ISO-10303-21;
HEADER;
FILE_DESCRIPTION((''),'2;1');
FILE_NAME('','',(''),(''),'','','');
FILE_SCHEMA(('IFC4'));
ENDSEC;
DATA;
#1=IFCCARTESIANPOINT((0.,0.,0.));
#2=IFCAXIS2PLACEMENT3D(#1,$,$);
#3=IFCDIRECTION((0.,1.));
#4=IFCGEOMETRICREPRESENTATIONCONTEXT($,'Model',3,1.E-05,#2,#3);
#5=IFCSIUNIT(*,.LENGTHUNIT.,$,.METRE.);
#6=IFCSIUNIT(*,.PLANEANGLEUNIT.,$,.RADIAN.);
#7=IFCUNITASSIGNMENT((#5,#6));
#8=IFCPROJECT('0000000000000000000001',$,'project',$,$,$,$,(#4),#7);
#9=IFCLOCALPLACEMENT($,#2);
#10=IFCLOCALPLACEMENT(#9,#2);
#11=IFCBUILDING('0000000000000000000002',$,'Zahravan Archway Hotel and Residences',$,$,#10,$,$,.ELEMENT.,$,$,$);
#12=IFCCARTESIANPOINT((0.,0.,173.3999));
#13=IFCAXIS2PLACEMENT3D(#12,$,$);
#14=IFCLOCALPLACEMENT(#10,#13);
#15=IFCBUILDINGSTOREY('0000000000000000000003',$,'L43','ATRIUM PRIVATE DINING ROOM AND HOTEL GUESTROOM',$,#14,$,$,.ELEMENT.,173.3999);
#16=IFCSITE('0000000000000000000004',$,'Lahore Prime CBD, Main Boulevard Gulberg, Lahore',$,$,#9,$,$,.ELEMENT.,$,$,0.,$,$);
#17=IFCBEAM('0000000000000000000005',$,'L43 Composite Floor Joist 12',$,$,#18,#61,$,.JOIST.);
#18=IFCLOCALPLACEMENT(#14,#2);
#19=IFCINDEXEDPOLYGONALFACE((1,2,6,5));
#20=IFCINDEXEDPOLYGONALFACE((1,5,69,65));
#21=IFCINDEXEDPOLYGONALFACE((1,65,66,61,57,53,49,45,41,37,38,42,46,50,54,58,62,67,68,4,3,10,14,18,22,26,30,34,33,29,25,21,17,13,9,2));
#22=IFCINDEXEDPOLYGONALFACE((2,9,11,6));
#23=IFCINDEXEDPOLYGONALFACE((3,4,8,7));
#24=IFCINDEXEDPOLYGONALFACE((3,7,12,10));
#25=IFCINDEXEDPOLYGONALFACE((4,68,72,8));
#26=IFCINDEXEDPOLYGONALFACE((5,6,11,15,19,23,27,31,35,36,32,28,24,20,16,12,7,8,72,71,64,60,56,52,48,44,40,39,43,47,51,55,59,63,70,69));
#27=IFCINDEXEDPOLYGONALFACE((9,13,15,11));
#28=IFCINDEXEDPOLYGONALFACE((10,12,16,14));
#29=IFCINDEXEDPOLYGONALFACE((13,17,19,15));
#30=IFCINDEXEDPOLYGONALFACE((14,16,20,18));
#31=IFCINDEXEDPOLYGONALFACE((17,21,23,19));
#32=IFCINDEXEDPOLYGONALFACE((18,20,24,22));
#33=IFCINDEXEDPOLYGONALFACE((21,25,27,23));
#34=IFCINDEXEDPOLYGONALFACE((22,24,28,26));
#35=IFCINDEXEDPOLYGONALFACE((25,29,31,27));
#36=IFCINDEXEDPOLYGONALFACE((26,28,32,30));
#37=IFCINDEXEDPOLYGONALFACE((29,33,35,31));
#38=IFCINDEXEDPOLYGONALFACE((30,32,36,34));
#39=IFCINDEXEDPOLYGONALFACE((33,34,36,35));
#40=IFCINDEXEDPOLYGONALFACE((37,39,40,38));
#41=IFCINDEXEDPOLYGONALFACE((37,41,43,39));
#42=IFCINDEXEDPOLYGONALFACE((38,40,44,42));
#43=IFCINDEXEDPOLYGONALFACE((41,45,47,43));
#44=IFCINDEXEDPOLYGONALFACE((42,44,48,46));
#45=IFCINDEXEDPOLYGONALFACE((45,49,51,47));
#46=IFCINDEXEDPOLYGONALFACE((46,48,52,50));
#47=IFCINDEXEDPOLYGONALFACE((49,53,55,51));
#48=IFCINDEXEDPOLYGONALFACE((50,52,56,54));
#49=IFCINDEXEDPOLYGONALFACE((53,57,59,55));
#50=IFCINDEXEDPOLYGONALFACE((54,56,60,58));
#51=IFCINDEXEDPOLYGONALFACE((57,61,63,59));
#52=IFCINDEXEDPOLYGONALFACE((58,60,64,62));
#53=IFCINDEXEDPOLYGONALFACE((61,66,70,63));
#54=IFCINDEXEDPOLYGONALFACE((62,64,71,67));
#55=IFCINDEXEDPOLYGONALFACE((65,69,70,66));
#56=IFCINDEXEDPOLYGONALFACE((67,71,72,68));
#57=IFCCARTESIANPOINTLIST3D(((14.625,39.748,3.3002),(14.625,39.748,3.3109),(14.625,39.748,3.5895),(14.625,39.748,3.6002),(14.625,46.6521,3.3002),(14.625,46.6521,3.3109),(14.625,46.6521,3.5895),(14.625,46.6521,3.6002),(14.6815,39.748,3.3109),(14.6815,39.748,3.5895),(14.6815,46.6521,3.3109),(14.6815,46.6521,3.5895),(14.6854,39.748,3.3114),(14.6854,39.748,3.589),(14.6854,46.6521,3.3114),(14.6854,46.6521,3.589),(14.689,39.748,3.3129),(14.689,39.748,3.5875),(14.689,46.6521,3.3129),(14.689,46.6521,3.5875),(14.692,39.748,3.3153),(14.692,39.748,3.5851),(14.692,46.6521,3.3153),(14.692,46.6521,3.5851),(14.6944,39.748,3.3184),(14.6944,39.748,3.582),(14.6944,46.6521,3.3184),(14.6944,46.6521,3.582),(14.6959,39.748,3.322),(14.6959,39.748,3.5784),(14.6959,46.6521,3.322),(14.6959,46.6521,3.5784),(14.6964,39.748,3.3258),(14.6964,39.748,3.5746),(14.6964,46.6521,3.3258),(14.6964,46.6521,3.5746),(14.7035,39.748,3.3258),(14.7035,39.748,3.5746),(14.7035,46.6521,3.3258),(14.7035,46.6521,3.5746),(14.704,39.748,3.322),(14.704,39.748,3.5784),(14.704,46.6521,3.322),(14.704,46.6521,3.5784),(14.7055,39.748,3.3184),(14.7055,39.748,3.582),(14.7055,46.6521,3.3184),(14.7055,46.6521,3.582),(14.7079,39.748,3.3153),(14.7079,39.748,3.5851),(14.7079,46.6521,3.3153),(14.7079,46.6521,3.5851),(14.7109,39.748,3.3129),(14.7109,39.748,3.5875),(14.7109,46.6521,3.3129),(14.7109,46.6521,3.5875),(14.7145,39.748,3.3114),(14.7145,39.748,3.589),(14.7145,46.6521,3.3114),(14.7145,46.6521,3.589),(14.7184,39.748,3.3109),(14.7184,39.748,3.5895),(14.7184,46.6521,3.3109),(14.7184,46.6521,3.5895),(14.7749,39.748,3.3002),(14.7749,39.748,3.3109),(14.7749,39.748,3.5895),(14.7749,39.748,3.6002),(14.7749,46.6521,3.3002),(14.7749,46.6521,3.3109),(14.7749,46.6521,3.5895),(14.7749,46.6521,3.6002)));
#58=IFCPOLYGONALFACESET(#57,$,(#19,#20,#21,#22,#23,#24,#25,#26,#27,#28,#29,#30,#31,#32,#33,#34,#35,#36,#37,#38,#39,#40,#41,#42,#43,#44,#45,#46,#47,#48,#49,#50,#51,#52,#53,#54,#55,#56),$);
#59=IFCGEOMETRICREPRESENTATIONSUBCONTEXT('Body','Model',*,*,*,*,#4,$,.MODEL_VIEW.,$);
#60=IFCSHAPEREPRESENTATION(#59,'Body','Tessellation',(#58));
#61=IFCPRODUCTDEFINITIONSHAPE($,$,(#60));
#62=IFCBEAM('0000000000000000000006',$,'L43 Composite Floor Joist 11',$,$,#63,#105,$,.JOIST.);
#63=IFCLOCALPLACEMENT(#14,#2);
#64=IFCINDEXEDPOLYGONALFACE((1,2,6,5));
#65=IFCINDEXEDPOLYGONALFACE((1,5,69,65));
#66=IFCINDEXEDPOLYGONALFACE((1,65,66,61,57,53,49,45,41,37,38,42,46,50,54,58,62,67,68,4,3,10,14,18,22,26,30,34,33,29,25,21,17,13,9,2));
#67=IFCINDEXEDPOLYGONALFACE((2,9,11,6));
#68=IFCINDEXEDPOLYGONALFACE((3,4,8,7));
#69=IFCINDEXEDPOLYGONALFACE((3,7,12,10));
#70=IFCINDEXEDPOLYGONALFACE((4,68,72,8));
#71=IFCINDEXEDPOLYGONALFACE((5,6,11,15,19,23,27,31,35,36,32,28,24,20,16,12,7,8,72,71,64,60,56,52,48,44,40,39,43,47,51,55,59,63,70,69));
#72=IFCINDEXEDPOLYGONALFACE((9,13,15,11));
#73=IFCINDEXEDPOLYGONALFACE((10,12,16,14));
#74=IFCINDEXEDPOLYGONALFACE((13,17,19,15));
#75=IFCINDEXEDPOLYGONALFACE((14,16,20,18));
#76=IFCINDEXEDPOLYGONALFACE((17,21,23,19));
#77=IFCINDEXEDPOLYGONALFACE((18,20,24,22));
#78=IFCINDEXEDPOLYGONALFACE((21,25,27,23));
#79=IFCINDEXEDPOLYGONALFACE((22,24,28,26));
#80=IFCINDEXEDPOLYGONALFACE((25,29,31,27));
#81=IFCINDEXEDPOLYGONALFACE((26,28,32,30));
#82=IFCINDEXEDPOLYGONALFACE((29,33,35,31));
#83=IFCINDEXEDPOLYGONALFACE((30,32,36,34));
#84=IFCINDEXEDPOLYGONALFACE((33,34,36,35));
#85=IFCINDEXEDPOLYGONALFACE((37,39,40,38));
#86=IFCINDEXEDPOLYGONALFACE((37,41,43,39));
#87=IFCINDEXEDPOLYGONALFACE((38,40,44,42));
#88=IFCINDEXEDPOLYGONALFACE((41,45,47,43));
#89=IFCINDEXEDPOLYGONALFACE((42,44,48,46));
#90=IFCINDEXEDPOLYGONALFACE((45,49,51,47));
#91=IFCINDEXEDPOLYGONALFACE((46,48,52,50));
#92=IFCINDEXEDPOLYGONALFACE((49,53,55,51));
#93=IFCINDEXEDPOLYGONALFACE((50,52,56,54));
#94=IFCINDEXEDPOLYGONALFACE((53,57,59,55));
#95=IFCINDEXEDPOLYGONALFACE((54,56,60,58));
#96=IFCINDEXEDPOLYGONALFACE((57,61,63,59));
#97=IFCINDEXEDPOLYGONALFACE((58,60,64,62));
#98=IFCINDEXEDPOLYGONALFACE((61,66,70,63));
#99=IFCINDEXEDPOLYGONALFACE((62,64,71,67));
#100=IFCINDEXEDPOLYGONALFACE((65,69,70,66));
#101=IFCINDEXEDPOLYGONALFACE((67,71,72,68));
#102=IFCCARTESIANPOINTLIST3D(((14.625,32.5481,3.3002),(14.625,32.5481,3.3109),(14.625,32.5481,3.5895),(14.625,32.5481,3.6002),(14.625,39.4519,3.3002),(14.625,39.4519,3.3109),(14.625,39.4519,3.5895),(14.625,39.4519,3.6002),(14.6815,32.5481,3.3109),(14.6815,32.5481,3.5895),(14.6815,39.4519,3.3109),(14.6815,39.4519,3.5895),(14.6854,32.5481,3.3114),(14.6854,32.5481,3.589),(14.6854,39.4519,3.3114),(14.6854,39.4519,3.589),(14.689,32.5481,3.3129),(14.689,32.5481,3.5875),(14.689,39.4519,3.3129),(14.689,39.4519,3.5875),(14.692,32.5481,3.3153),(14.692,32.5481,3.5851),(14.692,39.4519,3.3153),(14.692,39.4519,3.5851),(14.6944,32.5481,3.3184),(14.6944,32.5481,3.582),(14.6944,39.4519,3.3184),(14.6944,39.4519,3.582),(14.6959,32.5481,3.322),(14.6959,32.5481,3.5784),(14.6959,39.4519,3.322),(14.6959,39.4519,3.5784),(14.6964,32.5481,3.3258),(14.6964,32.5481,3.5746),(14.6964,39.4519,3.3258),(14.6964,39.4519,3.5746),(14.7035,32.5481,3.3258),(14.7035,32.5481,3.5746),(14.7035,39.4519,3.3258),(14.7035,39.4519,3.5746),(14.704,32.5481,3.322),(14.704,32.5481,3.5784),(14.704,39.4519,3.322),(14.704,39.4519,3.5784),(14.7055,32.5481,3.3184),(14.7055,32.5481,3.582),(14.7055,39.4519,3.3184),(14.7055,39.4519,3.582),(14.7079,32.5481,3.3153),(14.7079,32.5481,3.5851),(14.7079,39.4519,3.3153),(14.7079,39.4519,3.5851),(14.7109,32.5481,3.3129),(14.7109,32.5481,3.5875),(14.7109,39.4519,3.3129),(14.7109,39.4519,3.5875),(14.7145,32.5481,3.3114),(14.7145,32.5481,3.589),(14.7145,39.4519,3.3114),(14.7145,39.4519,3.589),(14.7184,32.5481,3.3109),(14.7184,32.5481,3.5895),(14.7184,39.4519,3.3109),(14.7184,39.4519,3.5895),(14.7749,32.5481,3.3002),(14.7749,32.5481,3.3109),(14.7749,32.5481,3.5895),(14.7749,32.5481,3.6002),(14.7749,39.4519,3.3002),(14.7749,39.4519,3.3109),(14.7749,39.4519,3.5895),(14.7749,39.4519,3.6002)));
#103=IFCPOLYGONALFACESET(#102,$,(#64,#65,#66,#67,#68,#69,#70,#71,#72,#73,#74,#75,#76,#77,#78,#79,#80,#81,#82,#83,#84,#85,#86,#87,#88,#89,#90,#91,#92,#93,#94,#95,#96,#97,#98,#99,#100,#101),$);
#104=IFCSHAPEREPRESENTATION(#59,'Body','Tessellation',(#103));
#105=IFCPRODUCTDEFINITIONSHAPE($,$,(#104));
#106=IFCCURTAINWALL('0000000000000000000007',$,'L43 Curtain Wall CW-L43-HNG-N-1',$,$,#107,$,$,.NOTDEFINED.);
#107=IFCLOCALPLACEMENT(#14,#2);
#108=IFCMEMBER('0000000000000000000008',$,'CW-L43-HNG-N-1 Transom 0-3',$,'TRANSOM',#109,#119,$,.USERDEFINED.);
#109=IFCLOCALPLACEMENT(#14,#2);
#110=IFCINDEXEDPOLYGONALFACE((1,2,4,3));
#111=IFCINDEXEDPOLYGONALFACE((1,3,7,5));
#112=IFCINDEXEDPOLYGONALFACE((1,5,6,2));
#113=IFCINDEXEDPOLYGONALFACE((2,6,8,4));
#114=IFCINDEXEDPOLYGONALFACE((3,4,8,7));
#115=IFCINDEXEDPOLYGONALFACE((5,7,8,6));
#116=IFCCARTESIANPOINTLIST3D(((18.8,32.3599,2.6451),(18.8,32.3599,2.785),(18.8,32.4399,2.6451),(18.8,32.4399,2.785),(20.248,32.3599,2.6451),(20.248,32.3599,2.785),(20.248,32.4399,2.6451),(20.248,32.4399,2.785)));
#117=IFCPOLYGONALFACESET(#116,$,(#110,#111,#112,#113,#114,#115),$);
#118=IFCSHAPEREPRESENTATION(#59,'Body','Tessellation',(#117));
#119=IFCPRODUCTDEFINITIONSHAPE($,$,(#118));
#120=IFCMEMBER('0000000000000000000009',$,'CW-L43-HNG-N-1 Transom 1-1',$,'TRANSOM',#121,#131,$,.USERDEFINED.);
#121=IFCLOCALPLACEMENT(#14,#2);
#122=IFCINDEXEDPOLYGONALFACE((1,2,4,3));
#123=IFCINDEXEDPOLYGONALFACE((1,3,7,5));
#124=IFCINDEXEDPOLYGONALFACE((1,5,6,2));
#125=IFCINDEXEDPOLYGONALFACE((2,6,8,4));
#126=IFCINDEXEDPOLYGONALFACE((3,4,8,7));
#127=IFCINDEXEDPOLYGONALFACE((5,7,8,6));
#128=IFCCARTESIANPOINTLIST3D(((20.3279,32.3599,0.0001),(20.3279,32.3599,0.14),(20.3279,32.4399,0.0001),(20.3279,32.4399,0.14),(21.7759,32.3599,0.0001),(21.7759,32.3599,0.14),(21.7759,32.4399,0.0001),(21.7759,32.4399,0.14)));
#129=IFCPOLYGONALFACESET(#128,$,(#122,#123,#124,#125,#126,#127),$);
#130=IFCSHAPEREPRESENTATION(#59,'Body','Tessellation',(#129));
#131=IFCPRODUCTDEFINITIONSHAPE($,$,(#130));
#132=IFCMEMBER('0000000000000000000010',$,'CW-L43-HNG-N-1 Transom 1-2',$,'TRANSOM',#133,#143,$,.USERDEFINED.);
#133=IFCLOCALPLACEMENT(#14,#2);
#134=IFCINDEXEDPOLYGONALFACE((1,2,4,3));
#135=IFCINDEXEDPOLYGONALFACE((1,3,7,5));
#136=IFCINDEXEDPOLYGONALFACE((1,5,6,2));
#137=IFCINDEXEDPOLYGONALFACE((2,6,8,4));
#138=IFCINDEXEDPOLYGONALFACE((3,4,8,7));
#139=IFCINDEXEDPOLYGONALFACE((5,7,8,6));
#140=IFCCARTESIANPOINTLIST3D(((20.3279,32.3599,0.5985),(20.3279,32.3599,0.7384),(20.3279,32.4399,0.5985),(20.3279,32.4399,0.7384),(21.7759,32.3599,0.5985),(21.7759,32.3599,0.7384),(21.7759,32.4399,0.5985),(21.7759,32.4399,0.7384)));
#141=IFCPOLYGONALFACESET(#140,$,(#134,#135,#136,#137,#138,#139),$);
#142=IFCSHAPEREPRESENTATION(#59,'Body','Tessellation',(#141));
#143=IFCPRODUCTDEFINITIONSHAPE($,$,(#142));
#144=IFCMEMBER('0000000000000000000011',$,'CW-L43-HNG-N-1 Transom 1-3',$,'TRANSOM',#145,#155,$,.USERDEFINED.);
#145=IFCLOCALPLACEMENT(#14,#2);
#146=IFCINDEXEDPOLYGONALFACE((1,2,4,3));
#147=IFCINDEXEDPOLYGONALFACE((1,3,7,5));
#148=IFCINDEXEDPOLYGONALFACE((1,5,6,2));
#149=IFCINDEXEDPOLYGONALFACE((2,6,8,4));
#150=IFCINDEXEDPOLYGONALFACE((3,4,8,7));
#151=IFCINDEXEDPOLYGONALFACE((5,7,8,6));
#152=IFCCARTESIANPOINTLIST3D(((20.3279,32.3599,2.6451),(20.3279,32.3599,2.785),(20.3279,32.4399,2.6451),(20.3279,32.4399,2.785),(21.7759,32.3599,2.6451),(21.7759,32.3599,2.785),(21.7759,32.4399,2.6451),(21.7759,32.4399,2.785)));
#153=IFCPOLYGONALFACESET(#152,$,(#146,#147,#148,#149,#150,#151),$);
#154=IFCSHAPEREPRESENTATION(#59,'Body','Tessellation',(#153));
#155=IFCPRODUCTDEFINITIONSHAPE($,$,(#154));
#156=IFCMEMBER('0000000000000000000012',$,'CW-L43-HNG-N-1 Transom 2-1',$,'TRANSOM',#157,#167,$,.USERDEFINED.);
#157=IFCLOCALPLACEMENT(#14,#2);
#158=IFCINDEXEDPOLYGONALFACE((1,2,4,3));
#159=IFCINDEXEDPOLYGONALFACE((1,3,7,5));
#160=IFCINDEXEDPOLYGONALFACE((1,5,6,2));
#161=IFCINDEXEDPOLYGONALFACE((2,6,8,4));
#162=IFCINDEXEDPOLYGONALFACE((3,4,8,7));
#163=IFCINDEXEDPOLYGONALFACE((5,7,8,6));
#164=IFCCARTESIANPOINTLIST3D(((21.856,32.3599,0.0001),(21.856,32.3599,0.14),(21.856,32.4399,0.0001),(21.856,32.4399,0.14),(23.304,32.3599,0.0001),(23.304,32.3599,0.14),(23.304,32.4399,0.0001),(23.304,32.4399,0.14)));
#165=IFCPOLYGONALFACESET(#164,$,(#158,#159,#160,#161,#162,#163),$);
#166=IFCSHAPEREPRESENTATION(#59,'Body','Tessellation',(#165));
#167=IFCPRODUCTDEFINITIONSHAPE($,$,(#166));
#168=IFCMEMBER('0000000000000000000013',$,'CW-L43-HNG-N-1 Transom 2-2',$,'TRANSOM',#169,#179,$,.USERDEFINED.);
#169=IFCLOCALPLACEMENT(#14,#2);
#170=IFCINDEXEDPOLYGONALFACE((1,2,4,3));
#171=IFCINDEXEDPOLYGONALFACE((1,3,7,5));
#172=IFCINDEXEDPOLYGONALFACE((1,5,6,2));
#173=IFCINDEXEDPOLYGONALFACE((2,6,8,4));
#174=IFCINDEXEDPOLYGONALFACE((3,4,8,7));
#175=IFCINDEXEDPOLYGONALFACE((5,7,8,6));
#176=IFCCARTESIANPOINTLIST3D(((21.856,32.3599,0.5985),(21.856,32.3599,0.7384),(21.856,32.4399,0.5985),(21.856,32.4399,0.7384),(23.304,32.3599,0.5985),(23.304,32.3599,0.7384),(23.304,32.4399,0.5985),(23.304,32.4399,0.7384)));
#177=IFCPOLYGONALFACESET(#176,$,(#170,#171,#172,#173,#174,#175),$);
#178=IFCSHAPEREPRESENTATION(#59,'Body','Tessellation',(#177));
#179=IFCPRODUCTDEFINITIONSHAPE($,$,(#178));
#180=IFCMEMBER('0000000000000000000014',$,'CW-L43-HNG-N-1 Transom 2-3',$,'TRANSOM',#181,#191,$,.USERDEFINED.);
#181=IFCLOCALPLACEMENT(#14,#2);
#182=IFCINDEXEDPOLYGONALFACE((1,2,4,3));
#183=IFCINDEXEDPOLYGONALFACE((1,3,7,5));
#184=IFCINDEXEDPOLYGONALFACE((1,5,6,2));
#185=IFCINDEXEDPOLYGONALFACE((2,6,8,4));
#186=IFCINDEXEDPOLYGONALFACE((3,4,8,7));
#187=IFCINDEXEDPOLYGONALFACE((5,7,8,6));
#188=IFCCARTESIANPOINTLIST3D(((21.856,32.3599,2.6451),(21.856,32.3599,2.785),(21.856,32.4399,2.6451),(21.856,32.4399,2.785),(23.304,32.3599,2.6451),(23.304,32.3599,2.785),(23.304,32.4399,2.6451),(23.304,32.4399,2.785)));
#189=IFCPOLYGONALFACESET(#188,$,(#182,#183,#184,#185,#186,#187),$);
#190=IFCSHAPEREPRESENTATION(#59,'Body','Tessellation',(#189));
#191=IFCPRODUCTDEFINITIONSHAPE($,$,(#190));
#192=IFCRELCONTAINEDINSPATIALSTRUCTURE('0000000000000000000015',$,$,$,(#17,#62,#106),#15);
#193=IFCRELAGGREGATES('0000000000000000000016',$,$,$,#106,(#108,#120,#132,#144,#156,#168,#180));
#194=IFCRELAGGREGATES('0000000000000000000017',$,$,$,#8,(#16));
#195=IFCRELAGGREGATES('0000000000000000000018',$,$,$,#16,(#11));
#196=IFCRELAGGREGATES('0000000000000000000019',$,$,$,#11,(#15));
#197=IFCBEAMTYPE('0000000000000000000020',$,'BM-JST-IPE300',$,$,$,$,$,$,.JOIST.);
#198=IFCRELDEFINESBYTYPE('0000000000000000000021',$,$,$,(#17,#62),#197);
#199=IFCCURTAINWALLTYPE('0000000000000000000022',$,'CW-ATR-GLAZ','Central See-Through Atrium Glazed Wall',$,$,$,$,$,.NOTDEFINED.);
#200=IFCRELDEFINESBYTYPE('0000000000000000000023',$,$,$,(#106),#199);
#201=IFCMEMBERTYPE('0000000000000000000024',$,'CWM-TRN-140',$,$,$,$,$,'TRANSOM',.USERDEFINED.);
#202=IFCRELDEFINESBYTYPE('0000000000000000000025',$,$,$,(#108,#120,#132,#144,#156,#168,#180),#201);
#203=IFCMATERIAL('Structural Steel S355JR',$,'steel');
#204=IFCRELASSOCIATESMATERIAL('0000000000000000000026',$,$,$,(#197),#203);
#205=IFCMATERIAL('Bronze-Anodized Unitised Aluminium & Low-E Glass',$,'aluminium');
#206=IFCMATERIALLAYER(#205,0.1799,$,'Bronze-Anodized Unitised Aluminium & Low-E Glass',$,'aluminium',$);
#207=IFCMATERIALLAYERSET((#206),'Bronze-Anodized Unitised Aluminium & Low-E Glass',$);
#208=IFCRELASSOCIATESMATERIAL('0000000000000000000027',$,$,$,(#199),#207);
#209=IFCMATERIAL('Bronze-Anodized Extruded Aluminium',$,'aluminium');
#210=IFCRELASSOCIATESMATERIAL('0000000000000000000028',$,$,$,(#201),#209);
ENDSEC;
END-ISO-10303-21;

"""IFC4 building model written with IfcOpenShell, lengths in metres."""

from ifc_helpers import new_model, si_unit, direction, frame, origin, origin_2d, place, context, subcontext, project, spatial, rectangle, i_section, extrude, source, transform, mapped, material, layer, layer_set, material_profile, profile_set, type_object, type_shapes, element, aggregate, save


model = new_model("IFC4")

# Units and contexts
model_context = context("Model", 3, precision=1e-05, world=origin(), true_north=direction((0.0, 1.0)))
body_context = subcontext(model_context, "Body", "Model", "MODEL_VIEW")
ifc_project = project(units=[si_unit("LENGTHUNIT", "METRE"), si_unit("PLANEANGLEUNIT", "RADIAN")], contexts=[model_context])

# Site, building, storey
site_placement = place(None, origin())
site = spatial("IfcSite", under=ifc_project, at=site_placement, Name="Lahore Prime CBD, Main Boulevard Gulberg, Lahore", CompositionType="ELEMENT", RefElevation=0.0)
building_placement = place(site_placement, origin())
building = spatial("IfcBuilding", under=site, at=building_placement, Name="Zahravan Archway Hotel and Residences", CompositionType="ELEMENT")
storey_placement = place(building_placement, frame((0.0, 0.0, 173.3999)))
storey = spatial("IfcBuildingStorey", under=building, at=storey_placement, Name="L43", Description="ATRIUM PRIVATE DINING ROOM AND HOTEL GUESTROOM", CompositionType="ELEMENT", Elevation=173.3999)

# Beams
ifc_material_1 = material(Name="Structural Steel S355JR", Category="steel")
ifc_material_profile_1 = material_profile(ifc_material_1, i_section(OverallWidth=0.1499, OverallDepth=0.3, WebThickness=0.0071, FlangeThickness=0.0107, FilletRadius=0.0149, at=origin_2d()), Name="IPE 300", Category="steel")
ifc_profile_set_1 = profile_set([ifc_material_profile_1], Name="Structural Steel S355JR")
beam_type_1 = type_object("IfcBeamType", Name="BM-JST-IPE300", PredefinedType="JOIST", material=ifc_profile_set_1)
shared_shape_1 = source(origin(), body_context, "Body", "SweptSolid", [
    extrude(i_section(OverallWidth=0.1499, OverallDepth=0.3, WebThickness=0.0071, FlangeThickness=0.0107, FilletRadius=0.0149, at=origin_2d()), origin(), (0.0, 0.0, 1.0), 6.9041),
])
type_shapes(beam_type_1, [shared_shape_1])
beam_1_placement = place(storey_placement, frame((14.7, 39.748, 3.4502), z_axis=(0.0, 1.0, 0.0), x_axis=(-1.0, 0.0, 0.0)))
element("IfcBeam", 1, at=beam_1_placement, inside=storey, type_object=beam_type_1, Name="L43 Composite Floor Joist 12", PredefinedType="JOIST", context=body_context, shape_type="MappedRepresentation", body=[
    mapped(shared_shape_1, transform((0.0, 0.0, 0.0), scale=1.0)),
])
shared_shape_2 = source(origin(), body_context, "Body", "SweptSolid", [
    extrude(i_section(OverallWidth=0.1499, OverallDepth=0.3, WebThickness=0.0071, FlangeThickness=0.0107, FilletRadius=0.0149, at=origin_2d()), origin(), (0.0, 0.0, 1.0), 6.9038),
])
beam_2_placement = place(storey_placement, frame((14.7, 32.5481, 3.4502), z_axis=(0.0, 1.0, 0.0), x_axis=(-1.0, 0.0, 0.0)))
element("IfcBeam", 2, at=beam_2_placement, inside=storey, type_object=beam_type_1, Name="L43 Composite Floor Joist 11", PredefinedType="JOIST", context=body_context, shape_type="MappedRepresentation", body=[
    mapped(shared_shape_2, transform((0.0, 0.0, 0.0), scale=1.0)),
])

# Curtain wall, members
ifc_material_2 = material(Name="Bronze-Anodized Unitised Aluminium & Low-E Glass", Category="aluminium")
ifc_layer_1 = layer(ifc_material_2, 0.1799, Name="Bronze-Anodized Unitised Aluminium & Low-E Glass", Category="aluminium")
ifc_layer_set_1 = layer_set([ifc_layer_1], Name="Bronze-Anodized Unitised Aluminium & Low-E Glass")
curtain_wall_type = type_object("IfcCurtainWallType", Name="CW-ATR-GLAZ", Description="Central See-Through Atrium Glazed Wall", PredefinedType="NOTDEFINED", material=ifc_layer_set_1)
curtain_wall_placement = place(storey_placement, origin())
curtain_wall = element("IfcCurtainWall", 3, at=curtain_wall_placement, inside=storey, type_object=curtain_wall_type, Name="L43 Curtain Wall CW-L43-HNG-N-1", PredefinedType="NOTDEFINED")
ifc_material_3 = material(Name="Bronze-Anodized Extruded Aluminium", Category="aluminium")
ifc_material_profile_2 = material_profile(ifc_material_3, rectangle(XDim=0.0801, YDim=0.1399, at=origin_2d()), Name="TRN 80x140", Category="aluminium")
ifc_profile_set_2 = profile_set([ifc_material_profile_2], Name="Bronze-Anodized Extruded Aluminium")
member_type_1 = type_object("IfcMemberType", Name="CWM-TRN-140", ElementType="TRANSOM", PredefinedType="USERDEFINED", material=ifc_profile_set_2)
shared_shape_3 = source(origin(), body_context, "Body", "SweptSolid", [
    extrude(rectangle(XDim=0.0801, YDim=0.1399, at=origin_2d()), origin(), (0.0, 0.0, 1.0), 1.448),
])
member_1_placement = place(storey_placement, frame((18.8, 32.3999, 2.7151), z_axis=(1.0, 0.0, 0.0), x_axis=(0.0, 1.0, 0.0)))
member_1 = element("IfcMember", 4, at=member_1_placement, type_object=member_type_1, Name="CW-L43-HNG-N-1 Transom 0-3", ObjectType="TRANSOM", PredefinedType="USERDEFINED", context=body_context, shape_type="MappedRepresentation", body=[
    mapped(shared_shape_3, transform((0.0, 0.0, 0.0), scale=1.0)),
])
member_2_placement = place(storey_placement, frame((20.3279, 32.3999, 0.0701), z_axis=(1.0, 0.0, 0.0), x_axis=(0.0, 1.0, 0.0)))
member_2 = element("IfcMember", 5, at=member_2_placement, type_object=member_type_1, Name="CW-L43-HNG-N-1 Transom 1-1", ObjectType="TRANSOM", PredefinedType="USERDEFINED", context=body_context, shape_type="MappedRepresentation", body=[
    mapped(shared_shape_3, transform((0.0, 0.0, 0.0), scale=1.0)),
])
member_3_placement = place(storey_placement, frame((20.3279, 32.3999, 0.6685), z_axis=(1.0, 0.0, 0.0), x_axis=(0.0, 1.0, 0.0)))
member_3 = element("IfcMember", 6, at=member_3_placement, type_object=member_type_1, Name="CW-L43-HNG-N-1 Transom 1-2", ObjectType="TRANSOM", PredefinedType="USERDEFINED", context=body_context, shape_type="MappedRepresentation", body=[
    mapped(shared_shape_3, transform((0.0, 0.0, 0.0), scale=1.0)),
])
member_4_placement = place(storey_placement, frame((20.3279, 32.3999, 2.7151), z_axis=(1.0, 0.0, 0.0), x_axis=(0.0, 1.0, 0.0)))
member_4 = element("IfcMember", 7, at=member_4_placement, type_object=member_type_1, Name="CW-L43-HNG-N-1 Transom 1-3", ObjectType="TRANSOM", PredefinedType="USERDEFINED", context=body_context, shape_type="MappedRepresentation", body=[
    mapped(shared_shape_3, transform((0.0, 0.0, 0.0), scale=1.0)),
])
member_5_placement = place(storey_placement, frame((21.856, 32.3999, 0.0701), z_axis=(1.0, 0.0, 0.0), x_axis=(0.0, 1.0, 0.0)))
member_5 = element("IfcMember", 8, at=member_5_placement, type_object=member_type_1, Name="CW-L43-HNG-N-1 Transom 2-1", ObjectType="TRANSOM", PredefinedType="USERDEFINED", context=body_context, shape_type="MappedRepresentation", body=[
    mapped(shared_shape_3, transform((0.0, 0.0, 0.0), scale=1.0)),
])
member_6_placement = place(storey_placement, frame((21.856, 32.3999, 0.6685), z_axis=(1.0, 0.0, 0.0), x_axis=(0.0, 1.0, 0.0)))
member_6 = element("IfcMember", 9, at=member_6_placement, type_object=member_type_1, Name="CW-L43-HNG-N-1 Transom 2-2", ObjectType="TRANSOM", PredefinedType="USERDEFINED", context=body_context, shape_type="MappedRepresentation", body=[
    mapped(shared_shape_3, transform((0.0, 0.0, 0.0), scale=1.0)),
])
member_7_placement = place(storey_placement, frame((21.856, 32.3999, 2.7151), z_axis=(1.0, 0.0, 0.0), x_axis=(0.0, 1.0, 0.0)))
member_7 = element("IfcMember", 10, at=member_7_placement, type_object=member_type_1, Name="CW-L43-HNG-N-1 Transom 2-3", ObjectType="TRANSOM", PredefinedType="USERDEFINED", context=body_context, shape_type="MappedRepresentation", body=[
    mapped(shared_shape_3, transform((0.0, 0.0, 0.0), scale=1.0)),
])
aggregate(curtain_wall, [member_1, member_2, member_3, member_4, member_5, member_6, member_7])

save(model, "model.ifc")
